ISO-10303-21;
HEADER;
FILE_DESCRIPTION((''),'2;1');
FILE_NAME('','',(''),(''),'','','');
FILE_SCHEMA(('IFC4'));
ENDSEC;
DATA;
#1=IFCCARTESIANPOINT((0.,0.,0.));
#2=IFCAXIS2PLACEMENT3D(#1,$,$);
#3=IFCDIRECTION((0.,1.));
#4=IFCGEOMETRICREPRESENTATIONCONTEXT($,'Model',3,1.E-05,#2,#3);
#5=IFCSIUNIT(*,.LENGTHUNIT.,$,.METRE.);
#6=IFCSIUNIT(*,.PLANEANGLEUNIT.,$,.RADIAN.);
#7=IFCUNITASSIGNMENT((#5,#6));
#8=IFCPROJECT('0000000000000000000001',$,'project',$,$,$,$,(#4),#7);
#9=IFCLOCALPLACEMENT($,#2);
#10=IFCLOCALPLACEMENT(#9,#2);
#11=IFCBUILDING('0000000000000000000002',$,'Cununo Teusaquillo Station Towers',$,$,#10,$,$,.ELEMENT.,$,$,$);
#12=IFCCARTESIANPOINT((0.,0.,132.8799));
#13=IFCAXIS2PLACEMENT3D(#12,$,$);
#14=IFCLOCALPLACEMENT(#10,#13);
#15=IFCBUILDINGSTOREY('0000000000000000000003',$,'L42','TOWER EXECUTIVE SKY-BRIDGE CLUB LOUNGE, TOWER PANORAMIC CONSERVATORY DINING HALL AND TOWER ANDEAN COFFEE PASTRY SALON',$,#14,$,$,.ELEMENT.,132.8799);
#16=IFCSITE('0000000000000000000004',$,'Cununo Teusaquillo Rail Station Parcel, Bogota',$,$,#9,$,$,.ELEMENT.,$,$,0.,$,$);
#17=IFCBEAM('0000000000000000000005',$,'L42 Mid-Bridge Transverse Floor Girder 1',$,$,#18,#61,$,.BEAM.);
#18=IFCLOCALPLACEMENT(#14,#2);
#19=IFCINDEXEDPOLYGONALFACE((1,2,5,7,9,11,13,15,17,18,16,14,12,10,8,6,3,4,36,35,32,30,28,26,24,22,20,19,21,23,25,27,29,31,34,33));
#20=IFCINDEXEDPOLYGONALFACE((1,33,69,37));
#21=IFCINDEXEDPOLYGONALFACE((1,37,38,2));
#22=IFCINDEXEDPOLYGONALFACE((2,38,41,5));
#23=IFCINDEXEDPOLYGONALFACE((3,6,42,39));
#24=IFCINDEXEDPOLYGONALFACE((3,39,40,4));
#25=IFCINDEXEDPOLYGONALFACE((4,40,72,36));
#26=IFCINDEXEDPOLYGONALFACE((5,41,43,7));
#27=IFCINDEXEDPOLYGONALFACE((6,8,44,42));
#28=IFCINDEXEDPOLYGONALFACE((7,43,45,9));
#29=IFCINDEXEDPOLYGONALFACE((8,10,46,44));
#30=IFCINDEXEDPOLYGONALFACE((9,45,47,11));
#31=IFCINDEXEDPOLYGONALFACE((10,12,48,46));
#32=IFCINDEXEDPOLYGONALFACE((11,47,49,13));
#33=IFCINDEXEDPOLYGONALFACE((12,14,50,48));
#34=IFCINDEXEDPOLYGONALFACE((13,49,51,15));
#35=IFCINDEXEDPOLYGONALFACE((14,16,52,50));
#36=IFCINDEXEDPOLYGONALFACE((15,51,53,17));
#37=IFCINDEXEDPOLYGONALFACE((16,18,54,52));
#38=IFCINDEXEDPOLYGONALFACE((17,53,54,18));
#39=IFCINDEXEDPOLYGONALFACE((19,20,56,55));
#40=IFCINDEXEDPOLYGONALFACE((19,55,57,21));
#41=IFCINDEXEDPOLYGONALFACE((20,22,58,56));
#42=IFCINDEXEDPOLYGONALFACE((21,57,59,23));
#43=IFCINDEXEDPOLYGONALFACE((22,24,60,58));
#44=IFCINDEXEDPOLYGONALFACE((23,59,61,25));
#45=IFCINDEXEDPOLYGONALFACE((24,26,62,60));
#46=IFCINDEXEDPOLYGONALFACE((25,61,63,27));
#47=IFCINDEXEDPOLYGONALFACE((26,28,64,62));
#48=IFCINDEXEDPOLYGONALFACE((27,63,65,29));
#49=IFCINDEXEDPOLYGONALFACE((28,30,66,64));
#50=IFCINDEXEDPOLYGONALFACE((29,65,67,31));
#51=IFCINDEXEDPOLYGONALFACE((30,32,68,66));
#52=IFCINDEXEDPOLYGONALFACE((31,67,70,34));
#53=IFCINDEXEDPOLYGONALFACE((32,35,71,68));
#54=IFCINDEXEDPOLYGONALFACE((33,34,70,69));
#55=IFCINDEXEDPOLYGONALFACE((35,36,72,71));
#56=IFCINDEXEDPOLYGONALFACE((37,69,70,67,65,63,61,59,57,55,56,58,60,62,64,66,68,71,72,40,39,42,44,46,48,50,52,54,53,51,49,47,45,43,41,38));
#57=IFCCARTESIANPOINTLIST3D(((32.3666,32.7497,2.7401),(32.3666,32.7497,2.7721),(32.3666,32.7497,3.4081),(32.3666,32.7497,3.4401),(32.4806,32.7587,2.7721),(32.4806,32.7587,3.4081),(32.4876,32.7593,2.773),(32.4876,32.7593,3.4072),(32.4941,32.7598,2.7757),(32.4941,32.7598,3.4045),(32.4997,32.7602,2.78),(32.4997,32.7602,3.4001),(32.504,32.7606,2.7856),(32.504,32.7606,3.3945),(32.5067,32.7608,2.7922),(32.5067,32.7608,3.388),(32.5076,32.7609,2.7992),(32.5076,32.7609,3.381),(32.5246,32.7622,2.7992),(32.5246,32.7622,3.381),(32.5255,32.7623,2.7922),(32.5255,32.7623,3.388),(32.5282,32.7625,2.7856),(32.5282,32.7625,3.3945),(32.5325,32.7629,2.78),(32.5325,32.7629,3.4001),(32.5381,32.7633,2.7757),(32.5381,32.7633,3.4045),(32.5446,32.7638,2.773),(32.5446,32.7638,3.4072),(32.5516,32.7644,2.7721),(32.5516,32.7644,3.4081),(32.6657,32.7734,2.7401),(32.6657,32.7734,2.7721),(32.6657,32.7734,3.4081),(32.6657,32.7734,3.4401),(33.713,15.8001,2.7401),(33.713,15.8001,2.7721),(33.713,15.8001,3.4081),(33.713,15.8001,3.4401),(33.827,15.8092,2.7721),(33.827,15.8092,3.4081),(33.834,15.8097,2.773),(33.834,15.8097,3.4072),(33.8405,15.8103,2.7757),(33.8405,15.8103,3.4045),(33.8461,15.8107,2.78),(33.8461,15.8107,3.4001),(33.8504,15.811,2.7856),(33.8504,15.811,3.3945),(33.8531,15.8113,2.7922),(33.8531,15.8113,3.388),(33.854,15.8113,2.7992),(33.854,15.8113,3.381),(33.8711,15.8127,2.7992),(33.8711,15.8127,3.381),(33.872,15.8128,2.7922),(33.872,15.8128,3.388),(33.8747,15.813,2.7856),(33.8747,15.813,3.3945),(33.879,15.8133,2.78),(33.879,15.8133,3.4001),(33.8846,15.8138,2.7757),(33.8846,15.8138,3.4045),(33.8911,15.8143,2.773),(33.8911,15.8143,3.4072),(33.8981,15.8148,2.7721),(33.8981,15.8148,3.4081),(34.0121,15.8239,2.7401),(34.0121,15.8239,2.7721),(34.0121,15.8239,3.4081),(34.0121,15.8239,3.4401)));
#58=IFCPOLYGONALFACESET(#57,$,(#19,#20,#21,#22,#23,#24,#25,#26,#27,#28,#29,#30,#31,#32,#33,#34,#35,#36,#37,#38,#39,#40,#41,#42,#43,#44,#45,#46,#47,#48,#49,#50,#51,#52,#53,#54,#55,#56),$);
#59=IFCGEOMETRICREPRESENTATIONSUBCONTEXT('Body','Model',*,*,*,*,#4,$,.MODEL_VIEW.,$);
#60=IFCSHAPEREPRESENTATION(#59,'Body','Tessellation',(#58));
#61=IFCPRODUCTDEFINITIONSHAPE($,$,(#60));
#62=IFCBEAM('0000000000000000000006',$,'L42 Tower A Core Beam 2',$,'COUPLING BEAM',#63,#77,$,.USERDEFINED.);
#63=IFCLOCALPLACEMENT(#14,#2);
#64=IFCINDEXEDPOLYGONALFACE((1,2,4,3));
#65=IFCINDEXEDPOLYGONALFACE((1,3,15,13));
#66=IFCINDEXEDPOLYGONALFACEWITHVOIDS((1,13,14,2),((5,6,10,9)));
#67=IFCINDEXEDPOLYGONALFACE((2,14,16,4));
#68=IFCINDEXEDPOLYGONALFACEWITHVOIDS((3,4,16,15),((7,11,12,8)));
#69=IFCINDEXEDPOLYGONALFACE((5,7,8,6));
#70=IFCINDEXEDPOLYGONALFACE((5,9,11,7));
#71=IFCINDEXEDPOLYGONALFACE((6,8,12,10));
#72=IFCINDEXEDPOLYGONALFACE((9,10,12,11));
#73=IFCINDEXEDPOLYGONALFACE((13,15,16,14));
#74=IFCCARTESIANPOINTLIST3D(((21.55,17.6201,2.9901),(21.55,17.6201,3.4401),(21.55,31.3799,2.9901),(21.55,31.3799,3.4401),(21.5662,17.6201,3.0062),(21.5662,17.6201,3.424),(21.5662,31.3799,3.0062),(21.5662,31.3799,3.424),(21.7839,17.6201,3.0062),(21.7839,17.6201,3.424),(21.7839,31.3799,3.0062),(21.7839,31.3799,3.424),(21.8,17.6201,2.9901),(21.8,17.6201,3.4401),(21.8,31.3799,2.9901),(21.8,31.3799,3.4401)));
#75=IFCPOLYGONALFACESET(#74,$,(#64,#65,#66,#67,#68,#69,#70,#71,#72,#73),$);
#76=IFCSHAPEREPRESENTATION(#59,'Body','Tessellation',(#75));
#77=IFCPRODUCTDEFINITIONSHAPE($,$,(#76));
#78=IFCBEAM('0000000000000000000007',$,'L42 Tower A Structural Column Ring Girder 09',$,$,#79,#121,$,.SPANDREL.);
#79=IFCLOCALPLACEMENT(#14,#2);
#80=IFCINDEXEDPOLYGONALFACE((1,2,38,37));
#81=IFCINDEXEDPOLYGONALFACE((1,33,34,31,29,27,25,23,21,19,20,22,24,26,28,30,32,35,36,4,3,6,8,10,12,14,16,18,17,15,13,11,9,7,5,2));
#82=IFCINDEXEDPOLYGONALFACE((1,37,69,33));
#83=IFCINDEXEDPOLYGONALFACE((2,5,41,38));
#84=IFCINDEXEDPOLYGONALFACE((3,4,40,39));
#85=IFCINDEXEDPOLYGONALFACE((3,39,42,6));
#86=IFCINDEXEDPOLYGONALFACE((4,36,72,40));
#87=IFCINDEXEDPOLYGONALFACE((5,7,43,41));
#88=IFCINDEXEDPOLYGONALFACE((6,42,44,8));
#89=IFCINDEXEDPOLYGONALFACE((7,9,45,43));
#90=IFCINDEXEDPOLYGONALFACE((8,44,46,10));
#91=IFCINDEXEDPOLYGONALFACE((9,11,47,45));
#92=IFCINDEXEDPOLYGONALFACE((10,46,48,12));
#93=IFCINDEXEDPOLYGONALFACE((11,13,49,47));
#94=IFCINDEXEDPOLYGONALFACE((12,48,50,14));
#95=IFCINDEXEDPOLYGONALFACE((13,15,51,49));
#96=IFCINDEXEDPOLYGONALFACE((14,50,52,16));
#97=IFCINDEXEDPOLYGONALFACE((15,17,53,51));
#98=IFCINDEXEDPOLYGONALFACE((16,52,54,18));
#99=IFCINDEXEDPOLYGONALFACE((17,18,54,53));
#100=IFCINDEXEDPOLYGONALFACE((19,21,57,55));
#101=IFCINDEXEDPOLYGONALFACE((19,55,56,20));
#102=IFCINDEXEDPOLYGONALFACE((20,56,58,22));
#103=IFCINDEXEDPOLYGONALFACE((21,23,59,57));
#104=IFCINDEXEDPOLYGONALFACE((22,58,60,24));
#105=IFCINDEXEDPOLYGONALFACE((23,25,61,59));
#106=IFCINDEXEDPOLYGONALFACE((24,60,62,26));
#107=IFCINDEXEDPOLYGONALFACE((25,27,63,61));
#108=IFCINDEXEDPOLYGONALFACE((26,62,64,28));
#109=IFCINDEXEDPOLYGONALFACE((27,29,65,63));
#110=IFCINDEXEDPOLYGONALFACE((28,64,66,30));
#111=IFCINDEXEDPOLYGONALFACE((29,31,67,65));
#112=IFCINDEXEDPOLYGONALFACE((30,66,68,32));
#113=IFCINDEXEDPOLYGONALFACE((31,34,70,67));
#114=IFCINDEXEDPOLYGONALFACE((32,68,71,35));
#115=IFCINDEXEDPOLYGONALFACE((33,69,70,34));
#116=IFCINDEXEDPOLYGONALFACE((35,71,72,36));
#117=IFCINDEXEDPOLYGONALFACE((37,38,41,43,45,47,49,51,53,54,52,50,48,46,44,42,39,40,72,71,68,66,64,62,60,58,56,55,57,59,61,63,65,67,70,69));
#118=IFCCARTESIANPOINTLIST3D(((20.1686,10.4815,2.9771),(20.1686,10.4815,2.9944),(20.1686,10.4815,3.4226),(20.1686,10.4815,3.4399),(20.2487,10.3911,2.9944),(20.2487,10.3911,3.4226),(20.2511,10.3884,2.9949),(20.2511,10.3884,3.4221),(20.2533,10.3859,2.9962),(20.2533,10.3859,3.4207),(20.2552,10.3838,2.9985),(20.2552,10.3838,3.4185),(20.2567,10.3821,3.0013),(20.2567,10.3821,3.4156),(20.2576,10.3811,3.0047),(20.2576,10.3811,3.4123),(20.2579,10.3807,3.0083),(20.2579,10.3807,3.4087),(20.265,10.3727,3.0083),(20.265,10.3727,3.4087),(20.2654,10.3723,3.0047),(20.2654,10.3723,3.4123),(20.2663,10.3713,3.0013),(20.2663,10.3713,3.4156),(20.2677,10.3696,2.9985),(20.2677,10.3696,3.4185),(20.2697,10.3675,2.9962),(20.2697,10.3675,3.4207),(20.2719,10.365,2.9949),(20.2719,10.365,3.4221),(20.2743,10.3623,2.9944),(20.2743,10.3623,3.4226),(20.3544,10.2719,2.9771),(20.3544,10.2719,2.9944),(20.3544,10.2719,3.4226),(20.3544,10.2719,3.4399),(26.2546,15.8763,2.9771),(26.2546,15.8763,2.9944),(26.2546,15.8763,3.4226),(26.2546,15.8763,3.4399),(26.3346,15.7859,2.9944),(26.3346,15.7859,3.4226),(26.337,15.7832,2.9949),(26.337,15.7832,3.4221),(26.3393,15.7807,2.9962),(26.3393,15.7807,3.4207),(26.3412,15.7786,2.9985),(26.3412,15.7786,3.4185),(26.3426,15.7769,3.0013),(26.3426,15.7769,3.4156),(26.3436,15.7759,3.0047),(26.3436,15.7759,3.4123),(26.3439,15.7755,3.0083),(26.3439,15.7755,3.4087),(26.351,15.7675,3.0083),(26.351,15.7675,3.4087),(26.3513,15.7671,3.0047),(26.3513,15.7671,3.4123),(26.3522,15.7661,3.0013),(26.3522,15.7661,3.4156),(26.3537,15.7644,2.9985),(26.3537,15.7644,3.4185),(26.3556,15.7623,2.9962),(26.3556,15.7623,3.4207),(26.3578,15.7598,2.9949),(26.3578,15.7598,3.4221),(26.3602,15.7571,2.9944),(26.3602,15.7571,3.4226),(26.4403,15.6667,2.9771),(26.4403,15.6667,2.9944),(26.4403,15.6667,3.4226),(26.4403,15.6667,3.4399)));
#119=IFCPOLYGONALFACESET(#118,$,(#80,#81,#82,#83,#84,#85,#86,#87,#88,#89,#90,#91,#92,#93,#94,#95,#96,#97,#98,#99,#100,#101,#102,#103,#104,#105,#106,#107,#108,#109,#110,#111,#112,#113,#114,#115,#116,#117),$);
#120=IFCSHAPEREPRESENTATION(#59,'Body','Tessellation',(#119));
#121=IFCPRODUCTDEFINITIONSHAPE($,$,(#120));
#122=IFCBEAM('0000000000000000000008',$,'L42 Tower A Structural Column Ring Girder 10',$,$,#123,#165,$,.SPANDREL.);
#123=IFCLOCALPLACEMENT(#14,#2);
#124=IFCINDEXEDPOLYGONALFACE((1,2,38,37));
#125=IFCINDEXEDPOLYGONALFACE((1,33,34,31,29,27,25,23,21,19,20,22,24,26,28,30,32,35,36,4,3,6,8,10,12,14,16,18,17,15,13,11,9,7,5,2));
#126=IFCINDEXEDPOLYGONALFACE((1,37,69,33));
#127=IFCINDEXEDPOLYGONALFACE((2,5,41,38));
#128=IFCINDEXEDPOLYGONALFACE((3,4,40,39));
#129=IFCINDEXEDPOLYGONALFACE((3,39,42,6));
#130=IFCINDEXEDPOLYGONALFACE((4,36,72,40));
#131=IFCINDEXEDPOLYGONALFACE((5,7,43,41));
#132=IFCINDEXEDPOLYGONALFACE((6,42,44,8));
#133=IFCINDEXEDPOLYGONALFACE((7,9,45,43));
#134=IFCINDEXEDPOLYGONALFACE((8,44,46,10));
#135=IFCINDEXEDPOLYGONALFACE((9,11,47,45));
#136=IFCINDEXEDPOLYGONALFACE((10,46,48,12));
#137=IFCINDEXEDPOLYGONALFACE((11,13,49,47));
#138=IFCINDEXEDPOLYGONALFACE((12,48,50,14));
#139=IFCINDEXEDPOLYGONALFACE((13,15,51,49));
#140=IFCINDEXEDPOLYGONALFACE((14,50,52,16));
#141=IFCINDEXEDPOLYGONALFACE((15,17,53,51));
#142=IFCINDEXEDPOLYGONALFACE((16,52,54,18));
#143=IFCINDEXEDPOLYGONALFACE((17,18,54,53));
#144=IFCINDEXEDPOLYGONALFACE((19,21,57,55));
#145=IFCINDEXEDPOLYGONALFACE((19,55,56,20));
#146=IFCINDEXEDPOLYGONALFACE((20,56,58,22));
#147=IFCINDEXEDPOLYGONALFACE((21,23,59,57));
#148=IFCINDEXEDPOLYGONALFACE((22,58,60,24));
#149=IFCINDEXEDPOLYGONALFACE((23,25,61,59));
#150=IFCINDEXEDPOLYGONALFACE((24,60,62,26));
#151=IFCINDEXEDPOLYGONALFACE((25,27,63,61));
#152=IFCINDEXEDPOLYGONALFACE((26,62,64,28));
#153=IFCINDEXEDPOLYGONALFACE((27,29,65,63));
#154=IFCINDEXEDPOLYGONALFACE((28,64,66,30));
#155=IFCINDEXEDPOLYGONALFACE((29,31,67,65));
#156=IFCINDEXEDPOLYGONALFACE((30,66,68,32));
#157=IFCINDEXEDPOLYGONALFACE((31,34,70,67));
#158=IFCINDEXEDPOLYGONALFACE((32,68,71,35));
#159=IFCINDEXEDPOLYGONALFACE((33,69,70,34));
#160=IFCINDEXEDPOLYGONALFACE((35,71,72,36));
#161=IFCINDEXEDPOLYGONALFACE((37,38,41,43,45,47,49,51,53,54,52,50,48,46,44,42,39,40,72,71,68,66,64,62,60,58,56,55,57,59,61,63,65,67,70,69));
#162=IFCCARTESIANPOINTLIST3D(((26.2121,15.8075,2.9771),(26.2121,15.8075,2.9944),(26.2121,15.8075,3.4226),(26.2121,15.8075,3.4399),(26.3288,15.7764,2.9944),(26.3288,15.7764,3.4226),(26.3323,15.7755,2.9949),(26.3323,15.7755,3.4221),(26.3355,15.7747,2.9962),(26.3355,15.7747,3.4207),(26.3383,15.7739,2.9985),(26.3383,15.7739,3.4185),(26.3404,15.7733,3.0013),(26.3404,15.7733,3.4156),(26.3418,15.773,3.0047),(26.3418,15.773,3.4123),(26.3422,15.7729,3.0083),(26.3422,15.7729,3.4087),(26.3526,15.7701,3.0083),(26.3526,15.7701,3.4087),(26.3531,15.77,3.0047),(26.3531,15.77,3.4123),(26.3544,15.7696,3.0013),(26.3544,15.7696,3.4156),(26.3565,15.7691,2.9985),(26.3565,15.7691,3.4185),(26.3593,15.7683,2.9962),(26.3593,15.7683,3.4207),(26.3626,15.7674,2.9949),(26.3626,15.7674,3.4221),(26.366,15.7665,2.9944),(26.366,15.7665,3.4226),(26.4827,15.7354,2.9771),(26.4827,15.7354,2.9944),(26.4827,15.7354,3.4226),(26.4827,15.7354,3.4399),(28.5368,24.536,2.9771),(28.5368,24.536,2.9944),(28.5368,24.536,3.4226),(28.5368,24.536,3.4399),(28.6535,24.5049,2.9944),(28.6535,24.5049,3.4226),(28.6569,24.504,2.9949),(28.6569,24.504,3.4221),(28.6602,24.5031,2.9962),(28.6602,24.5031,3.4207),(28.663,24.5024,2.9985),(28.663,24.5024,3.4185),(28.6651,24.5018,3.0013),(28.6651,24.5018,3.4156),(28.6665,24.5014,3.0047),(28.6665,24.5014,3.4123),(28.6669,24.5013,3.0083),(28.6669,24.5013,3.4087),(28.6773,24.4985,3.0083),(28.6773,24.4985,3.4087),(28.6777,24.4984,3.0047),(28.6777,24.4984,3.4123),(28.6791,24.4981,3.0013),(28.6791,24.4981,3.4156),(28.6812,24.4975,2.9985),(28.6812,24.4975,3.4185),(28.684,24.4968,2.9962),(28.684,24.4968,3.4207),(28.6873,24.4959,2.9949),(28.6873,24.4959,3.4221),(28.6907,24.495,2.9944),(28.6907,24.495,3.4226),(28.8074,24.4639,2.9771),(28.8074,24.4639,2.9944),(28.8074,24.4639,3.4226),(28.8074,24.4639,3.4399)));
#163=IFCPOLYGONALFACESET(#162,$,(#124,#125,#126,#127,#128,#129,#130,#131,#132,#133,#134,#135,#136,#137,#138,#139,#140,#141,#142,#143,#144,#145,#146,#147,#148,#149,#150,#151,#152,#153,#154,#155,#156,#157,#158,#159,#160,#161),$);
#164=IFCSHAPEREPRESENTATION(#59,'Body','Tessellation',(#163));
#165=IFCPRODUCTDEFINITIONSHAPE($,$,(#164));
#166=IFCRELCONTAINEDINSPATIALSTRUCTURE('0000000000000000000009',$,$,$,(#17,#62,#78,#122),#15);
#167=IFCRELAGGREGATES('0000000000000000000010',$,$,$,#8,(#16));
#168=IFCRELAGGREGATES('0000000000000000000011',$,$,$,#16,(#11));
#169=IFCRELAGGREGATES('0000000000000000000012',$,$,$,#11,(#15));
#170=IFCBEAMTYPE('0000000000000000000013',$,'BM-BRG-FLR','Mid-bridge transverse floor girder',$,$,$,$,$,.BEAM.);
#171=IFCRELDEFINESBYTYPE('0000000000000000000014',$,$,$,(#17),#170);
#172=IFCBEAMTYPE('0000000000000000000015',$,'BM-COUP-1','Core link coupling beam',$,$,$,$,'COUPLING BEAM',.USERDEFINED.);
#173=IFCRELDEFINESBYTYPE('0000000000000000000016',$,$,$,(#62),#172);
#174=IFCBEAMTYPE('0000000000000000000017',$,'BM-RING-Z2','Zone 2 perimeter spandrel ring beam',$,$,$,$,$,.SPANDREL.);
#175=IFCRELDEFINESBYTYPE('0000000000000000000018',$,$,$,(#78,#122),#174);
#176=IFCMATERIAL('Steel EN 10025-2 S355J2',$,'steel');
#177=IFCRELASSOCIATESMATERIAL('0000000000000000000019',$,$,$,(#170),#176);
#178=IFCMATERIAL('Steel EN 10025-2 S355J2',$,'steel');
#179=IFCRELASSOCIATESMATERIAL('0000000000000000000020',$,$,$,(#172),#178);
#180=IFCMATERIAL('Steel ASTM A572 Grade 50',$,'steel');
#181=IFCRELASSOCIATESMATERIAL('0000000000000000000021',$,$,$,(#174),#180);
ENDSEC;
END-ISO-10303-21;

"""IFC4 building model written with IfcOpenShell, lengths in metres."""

from ifc_helpers import new_model, si_unit, direction, frame, origin, origin_2d, place, context, subcontext, project, spatial, hollow_rectangle, i_section, extrude, material, material_profile, profile_set, type_object, element, save


model = new_model("IFC4")

# Units and contexts
model_context = context("Model", 3, precision=1e-05, world=origin(), true_north=direction((0.0, 1.0)))
body_context = subcontext(model_context, "Body", "Model", "MODEL_VIEW")
ifc_project = project(units=[si_unit("LENGTHUNIT", "METRE"), si_unit("PLANEANGLEUNIT", "RADIAN")], contexts=[model_context])

# Site, building, storey
site_placement = place(None, origin())
site = spatial("IfcSite", under=ifc_project, at=site_placement, Name="Cununo Teusaquillo Rail Station Parcel, Bogota", CompositionType="ELEMENT", RefElevation=0.0)
building_placement = place(site_placement, origin())
building = spatial("IfcBuilding", under=site, at=building_placement, Name="Cununo Teusaquillo Station Towers", CompositionType="ELEMENT")
storey_placement = place(building_placement, frame((0.0, 0.0, 132.8799)))
storey = spatial("IfcBuildingStorey", under=building, at=storey_placement, Name="L42", Description="TOWER EXECUTIVE SKY-BRIDGE CLUB LOUNGE, TOWER PANORAMIC CONSERVATORY DINING HALL AND TOWER ANDEAN COFFEE PASTRY SALON", CompositionType="ELEMENT", Elevation=132.8799)

# Beams
ifc_material_1 = material(Name="Steel EN 10025-2 S355J2", Category="steel")
ifc_material_profile_1 = material_profile(ifc_material_1, i_section(OverallWidth=0.3, OverallDepth=0.7, WebThickness=0.0171, FlangeThickness=0.032, FilletRadius=0.0271, at=origin_2d()), Name="HEB 700")
ifc_profile_set_1 = profile_set([ifc_material_profile_1], Name="Steel EN 10025-2 S355J2")
beam_type_1 = type_object("IfcBeamType", Name="BM-BRG-FLR", Description="Mid-bridge transverse floor girder", PredefinedType="BEAM", material=ifc_profile_set_1)
beam_1_placement = place(storey_placement, frame((33.8625, 15.812, 3.0901), z_axis=(-0.079189, 0.99686, 0.0), x_axis=(-0.99686, -0.079189, 0.0)))
element("IfcBeam", 1, at=beam_1_placement, inside=storey, type_object=beam_type_1, Name="L42 Mid-Bridge Transverse Floor Girder 1", PredefinedType="BEAM", context=body_context, shape_type="SweptSolid", body=[
    extrude(i_section(OverallWidth=0.3, OverallDepth=0.7, WebThickness=0.0171, FlangeThickness=0.032, FilletRadius=0.0271, at=origin_2d()), origin(), (0.0, 0.0, 1.0), 17.0029),
])
ifc_material_2 = material(Name="Steel EN 10025-2 S355J2", Category="steel")
ifc_material_profile_2 = material_profile(ifc_material_2, hollow_rectangle(XDim=0.25, YDim=0.45, WallThickness=0.0161, at=origin_2d()), Name="RHS 450x250x16")
ifc_profile_set_2 = profile_set([ifc_material_profile_2], Name="Steel EN 10025-2 S355J2")
beam_type_2 = type_object("IfcBeamType", Name="BM-COUP-1", Description="Core link coupling beam", ElementType="COUPLING BEAM", PredefinedType="USERDEFINED", material=ifc_profile_set_2)
beam_2_placement = place(storey_placement, frame((21.675, 17.6201, 3.2151), z_axis=(0.0, 1.0, 0.0), x_axis=(-1.0, 0.0, 0.0)))
element("IfcBeam", 2, at=beam_2_placement, inside=storey, type_object=beam_type_2, Name="L42 Tower A Core Beam 2", ObjectType="COUPLING BEAM", PredefinedType="USERDEFINED", context=body_context, shape_type="SweptSolid", body=[
    extrude(hollow_rectangle(XDim=0.25, YDim=0.45, WallThickness=0.0161, at=origin_2d()), origin(), (0.0, 0.0, 1.0), 13.7598),
])
ifc_material_3 = material(Name="Steel ASTM A572 Grade 50", Category="steel")
ifc_material_profile_3 = material_profile(ifc_material_3, i_section(OverallWidth=0.28, OverallDepth=0.4629, WebThickness=0.0107, FlangeThickness=0.0173, FilletRadius=0.0139, at=origin_2d()), Name="W18X76")
ifc_profile_set_3 = profile_set([ifc_material_profile_3], Name="Steel ASTM A572 Grade 50")
beam_type_3 = type_object("IfcBeamType", Name="BM-RING-Z2", Description="Zone 2 perimeter spandrel ring beam", PredefinedType="SPANDREL", material=ifc_profile_set_3)
beam_3_placement = place(storey_placement, frame((20.2615, 10.3767, 3.2085), z_axis=(0.748321, 0.663337, 0.0), x_axis=(-0.663337, 0.748321, 0.0)))
element("IfcBeam", 3, at=beam_3_placement, inside=storey, type_object=beam_type_3, Name="L42 Tower A Structural Column Ring Girder 09", PredefinedType="SPANDREL", context=body_context, shape_type="SweptSolid", body=[
    extrude(i_section(OverallWidth=0.28, OverallDepth=0.4629, WebThickness=0.0107, FlangeThickness=0.0173, FilletRadius=0.0139, at=origin_2d()), origin(), (0.0, 0.0, 1.0), 8.1328),
])
beam_4_placement = place(storey_placement, frame((26.3474, 15.7715, 3.2085), z_axis=(0.257363, 0.966315, 0.0), x_axis=(-0.966315, 0.257363, 0.0)))
element("IfcBeam", 4, at=beam_4_placement, inside=storey, type_object=beam_type_3, Name="L42 Tower A Structural Column Ring Girder 10", PredefinedType="SPANDREL", context=body_context, shape_type="SweptSolid", body=[
    extrude(i_section(OverallWidth=0.28, OverallDepth=0.4629, WebThickness=0.0107, FlangeThickness=0.0173, FilletRadius=0.0139, at=origin_2d()), origin(), (0.0, 0.0, 1.0), 9.0327),
])

save(model, "model.ifc")
